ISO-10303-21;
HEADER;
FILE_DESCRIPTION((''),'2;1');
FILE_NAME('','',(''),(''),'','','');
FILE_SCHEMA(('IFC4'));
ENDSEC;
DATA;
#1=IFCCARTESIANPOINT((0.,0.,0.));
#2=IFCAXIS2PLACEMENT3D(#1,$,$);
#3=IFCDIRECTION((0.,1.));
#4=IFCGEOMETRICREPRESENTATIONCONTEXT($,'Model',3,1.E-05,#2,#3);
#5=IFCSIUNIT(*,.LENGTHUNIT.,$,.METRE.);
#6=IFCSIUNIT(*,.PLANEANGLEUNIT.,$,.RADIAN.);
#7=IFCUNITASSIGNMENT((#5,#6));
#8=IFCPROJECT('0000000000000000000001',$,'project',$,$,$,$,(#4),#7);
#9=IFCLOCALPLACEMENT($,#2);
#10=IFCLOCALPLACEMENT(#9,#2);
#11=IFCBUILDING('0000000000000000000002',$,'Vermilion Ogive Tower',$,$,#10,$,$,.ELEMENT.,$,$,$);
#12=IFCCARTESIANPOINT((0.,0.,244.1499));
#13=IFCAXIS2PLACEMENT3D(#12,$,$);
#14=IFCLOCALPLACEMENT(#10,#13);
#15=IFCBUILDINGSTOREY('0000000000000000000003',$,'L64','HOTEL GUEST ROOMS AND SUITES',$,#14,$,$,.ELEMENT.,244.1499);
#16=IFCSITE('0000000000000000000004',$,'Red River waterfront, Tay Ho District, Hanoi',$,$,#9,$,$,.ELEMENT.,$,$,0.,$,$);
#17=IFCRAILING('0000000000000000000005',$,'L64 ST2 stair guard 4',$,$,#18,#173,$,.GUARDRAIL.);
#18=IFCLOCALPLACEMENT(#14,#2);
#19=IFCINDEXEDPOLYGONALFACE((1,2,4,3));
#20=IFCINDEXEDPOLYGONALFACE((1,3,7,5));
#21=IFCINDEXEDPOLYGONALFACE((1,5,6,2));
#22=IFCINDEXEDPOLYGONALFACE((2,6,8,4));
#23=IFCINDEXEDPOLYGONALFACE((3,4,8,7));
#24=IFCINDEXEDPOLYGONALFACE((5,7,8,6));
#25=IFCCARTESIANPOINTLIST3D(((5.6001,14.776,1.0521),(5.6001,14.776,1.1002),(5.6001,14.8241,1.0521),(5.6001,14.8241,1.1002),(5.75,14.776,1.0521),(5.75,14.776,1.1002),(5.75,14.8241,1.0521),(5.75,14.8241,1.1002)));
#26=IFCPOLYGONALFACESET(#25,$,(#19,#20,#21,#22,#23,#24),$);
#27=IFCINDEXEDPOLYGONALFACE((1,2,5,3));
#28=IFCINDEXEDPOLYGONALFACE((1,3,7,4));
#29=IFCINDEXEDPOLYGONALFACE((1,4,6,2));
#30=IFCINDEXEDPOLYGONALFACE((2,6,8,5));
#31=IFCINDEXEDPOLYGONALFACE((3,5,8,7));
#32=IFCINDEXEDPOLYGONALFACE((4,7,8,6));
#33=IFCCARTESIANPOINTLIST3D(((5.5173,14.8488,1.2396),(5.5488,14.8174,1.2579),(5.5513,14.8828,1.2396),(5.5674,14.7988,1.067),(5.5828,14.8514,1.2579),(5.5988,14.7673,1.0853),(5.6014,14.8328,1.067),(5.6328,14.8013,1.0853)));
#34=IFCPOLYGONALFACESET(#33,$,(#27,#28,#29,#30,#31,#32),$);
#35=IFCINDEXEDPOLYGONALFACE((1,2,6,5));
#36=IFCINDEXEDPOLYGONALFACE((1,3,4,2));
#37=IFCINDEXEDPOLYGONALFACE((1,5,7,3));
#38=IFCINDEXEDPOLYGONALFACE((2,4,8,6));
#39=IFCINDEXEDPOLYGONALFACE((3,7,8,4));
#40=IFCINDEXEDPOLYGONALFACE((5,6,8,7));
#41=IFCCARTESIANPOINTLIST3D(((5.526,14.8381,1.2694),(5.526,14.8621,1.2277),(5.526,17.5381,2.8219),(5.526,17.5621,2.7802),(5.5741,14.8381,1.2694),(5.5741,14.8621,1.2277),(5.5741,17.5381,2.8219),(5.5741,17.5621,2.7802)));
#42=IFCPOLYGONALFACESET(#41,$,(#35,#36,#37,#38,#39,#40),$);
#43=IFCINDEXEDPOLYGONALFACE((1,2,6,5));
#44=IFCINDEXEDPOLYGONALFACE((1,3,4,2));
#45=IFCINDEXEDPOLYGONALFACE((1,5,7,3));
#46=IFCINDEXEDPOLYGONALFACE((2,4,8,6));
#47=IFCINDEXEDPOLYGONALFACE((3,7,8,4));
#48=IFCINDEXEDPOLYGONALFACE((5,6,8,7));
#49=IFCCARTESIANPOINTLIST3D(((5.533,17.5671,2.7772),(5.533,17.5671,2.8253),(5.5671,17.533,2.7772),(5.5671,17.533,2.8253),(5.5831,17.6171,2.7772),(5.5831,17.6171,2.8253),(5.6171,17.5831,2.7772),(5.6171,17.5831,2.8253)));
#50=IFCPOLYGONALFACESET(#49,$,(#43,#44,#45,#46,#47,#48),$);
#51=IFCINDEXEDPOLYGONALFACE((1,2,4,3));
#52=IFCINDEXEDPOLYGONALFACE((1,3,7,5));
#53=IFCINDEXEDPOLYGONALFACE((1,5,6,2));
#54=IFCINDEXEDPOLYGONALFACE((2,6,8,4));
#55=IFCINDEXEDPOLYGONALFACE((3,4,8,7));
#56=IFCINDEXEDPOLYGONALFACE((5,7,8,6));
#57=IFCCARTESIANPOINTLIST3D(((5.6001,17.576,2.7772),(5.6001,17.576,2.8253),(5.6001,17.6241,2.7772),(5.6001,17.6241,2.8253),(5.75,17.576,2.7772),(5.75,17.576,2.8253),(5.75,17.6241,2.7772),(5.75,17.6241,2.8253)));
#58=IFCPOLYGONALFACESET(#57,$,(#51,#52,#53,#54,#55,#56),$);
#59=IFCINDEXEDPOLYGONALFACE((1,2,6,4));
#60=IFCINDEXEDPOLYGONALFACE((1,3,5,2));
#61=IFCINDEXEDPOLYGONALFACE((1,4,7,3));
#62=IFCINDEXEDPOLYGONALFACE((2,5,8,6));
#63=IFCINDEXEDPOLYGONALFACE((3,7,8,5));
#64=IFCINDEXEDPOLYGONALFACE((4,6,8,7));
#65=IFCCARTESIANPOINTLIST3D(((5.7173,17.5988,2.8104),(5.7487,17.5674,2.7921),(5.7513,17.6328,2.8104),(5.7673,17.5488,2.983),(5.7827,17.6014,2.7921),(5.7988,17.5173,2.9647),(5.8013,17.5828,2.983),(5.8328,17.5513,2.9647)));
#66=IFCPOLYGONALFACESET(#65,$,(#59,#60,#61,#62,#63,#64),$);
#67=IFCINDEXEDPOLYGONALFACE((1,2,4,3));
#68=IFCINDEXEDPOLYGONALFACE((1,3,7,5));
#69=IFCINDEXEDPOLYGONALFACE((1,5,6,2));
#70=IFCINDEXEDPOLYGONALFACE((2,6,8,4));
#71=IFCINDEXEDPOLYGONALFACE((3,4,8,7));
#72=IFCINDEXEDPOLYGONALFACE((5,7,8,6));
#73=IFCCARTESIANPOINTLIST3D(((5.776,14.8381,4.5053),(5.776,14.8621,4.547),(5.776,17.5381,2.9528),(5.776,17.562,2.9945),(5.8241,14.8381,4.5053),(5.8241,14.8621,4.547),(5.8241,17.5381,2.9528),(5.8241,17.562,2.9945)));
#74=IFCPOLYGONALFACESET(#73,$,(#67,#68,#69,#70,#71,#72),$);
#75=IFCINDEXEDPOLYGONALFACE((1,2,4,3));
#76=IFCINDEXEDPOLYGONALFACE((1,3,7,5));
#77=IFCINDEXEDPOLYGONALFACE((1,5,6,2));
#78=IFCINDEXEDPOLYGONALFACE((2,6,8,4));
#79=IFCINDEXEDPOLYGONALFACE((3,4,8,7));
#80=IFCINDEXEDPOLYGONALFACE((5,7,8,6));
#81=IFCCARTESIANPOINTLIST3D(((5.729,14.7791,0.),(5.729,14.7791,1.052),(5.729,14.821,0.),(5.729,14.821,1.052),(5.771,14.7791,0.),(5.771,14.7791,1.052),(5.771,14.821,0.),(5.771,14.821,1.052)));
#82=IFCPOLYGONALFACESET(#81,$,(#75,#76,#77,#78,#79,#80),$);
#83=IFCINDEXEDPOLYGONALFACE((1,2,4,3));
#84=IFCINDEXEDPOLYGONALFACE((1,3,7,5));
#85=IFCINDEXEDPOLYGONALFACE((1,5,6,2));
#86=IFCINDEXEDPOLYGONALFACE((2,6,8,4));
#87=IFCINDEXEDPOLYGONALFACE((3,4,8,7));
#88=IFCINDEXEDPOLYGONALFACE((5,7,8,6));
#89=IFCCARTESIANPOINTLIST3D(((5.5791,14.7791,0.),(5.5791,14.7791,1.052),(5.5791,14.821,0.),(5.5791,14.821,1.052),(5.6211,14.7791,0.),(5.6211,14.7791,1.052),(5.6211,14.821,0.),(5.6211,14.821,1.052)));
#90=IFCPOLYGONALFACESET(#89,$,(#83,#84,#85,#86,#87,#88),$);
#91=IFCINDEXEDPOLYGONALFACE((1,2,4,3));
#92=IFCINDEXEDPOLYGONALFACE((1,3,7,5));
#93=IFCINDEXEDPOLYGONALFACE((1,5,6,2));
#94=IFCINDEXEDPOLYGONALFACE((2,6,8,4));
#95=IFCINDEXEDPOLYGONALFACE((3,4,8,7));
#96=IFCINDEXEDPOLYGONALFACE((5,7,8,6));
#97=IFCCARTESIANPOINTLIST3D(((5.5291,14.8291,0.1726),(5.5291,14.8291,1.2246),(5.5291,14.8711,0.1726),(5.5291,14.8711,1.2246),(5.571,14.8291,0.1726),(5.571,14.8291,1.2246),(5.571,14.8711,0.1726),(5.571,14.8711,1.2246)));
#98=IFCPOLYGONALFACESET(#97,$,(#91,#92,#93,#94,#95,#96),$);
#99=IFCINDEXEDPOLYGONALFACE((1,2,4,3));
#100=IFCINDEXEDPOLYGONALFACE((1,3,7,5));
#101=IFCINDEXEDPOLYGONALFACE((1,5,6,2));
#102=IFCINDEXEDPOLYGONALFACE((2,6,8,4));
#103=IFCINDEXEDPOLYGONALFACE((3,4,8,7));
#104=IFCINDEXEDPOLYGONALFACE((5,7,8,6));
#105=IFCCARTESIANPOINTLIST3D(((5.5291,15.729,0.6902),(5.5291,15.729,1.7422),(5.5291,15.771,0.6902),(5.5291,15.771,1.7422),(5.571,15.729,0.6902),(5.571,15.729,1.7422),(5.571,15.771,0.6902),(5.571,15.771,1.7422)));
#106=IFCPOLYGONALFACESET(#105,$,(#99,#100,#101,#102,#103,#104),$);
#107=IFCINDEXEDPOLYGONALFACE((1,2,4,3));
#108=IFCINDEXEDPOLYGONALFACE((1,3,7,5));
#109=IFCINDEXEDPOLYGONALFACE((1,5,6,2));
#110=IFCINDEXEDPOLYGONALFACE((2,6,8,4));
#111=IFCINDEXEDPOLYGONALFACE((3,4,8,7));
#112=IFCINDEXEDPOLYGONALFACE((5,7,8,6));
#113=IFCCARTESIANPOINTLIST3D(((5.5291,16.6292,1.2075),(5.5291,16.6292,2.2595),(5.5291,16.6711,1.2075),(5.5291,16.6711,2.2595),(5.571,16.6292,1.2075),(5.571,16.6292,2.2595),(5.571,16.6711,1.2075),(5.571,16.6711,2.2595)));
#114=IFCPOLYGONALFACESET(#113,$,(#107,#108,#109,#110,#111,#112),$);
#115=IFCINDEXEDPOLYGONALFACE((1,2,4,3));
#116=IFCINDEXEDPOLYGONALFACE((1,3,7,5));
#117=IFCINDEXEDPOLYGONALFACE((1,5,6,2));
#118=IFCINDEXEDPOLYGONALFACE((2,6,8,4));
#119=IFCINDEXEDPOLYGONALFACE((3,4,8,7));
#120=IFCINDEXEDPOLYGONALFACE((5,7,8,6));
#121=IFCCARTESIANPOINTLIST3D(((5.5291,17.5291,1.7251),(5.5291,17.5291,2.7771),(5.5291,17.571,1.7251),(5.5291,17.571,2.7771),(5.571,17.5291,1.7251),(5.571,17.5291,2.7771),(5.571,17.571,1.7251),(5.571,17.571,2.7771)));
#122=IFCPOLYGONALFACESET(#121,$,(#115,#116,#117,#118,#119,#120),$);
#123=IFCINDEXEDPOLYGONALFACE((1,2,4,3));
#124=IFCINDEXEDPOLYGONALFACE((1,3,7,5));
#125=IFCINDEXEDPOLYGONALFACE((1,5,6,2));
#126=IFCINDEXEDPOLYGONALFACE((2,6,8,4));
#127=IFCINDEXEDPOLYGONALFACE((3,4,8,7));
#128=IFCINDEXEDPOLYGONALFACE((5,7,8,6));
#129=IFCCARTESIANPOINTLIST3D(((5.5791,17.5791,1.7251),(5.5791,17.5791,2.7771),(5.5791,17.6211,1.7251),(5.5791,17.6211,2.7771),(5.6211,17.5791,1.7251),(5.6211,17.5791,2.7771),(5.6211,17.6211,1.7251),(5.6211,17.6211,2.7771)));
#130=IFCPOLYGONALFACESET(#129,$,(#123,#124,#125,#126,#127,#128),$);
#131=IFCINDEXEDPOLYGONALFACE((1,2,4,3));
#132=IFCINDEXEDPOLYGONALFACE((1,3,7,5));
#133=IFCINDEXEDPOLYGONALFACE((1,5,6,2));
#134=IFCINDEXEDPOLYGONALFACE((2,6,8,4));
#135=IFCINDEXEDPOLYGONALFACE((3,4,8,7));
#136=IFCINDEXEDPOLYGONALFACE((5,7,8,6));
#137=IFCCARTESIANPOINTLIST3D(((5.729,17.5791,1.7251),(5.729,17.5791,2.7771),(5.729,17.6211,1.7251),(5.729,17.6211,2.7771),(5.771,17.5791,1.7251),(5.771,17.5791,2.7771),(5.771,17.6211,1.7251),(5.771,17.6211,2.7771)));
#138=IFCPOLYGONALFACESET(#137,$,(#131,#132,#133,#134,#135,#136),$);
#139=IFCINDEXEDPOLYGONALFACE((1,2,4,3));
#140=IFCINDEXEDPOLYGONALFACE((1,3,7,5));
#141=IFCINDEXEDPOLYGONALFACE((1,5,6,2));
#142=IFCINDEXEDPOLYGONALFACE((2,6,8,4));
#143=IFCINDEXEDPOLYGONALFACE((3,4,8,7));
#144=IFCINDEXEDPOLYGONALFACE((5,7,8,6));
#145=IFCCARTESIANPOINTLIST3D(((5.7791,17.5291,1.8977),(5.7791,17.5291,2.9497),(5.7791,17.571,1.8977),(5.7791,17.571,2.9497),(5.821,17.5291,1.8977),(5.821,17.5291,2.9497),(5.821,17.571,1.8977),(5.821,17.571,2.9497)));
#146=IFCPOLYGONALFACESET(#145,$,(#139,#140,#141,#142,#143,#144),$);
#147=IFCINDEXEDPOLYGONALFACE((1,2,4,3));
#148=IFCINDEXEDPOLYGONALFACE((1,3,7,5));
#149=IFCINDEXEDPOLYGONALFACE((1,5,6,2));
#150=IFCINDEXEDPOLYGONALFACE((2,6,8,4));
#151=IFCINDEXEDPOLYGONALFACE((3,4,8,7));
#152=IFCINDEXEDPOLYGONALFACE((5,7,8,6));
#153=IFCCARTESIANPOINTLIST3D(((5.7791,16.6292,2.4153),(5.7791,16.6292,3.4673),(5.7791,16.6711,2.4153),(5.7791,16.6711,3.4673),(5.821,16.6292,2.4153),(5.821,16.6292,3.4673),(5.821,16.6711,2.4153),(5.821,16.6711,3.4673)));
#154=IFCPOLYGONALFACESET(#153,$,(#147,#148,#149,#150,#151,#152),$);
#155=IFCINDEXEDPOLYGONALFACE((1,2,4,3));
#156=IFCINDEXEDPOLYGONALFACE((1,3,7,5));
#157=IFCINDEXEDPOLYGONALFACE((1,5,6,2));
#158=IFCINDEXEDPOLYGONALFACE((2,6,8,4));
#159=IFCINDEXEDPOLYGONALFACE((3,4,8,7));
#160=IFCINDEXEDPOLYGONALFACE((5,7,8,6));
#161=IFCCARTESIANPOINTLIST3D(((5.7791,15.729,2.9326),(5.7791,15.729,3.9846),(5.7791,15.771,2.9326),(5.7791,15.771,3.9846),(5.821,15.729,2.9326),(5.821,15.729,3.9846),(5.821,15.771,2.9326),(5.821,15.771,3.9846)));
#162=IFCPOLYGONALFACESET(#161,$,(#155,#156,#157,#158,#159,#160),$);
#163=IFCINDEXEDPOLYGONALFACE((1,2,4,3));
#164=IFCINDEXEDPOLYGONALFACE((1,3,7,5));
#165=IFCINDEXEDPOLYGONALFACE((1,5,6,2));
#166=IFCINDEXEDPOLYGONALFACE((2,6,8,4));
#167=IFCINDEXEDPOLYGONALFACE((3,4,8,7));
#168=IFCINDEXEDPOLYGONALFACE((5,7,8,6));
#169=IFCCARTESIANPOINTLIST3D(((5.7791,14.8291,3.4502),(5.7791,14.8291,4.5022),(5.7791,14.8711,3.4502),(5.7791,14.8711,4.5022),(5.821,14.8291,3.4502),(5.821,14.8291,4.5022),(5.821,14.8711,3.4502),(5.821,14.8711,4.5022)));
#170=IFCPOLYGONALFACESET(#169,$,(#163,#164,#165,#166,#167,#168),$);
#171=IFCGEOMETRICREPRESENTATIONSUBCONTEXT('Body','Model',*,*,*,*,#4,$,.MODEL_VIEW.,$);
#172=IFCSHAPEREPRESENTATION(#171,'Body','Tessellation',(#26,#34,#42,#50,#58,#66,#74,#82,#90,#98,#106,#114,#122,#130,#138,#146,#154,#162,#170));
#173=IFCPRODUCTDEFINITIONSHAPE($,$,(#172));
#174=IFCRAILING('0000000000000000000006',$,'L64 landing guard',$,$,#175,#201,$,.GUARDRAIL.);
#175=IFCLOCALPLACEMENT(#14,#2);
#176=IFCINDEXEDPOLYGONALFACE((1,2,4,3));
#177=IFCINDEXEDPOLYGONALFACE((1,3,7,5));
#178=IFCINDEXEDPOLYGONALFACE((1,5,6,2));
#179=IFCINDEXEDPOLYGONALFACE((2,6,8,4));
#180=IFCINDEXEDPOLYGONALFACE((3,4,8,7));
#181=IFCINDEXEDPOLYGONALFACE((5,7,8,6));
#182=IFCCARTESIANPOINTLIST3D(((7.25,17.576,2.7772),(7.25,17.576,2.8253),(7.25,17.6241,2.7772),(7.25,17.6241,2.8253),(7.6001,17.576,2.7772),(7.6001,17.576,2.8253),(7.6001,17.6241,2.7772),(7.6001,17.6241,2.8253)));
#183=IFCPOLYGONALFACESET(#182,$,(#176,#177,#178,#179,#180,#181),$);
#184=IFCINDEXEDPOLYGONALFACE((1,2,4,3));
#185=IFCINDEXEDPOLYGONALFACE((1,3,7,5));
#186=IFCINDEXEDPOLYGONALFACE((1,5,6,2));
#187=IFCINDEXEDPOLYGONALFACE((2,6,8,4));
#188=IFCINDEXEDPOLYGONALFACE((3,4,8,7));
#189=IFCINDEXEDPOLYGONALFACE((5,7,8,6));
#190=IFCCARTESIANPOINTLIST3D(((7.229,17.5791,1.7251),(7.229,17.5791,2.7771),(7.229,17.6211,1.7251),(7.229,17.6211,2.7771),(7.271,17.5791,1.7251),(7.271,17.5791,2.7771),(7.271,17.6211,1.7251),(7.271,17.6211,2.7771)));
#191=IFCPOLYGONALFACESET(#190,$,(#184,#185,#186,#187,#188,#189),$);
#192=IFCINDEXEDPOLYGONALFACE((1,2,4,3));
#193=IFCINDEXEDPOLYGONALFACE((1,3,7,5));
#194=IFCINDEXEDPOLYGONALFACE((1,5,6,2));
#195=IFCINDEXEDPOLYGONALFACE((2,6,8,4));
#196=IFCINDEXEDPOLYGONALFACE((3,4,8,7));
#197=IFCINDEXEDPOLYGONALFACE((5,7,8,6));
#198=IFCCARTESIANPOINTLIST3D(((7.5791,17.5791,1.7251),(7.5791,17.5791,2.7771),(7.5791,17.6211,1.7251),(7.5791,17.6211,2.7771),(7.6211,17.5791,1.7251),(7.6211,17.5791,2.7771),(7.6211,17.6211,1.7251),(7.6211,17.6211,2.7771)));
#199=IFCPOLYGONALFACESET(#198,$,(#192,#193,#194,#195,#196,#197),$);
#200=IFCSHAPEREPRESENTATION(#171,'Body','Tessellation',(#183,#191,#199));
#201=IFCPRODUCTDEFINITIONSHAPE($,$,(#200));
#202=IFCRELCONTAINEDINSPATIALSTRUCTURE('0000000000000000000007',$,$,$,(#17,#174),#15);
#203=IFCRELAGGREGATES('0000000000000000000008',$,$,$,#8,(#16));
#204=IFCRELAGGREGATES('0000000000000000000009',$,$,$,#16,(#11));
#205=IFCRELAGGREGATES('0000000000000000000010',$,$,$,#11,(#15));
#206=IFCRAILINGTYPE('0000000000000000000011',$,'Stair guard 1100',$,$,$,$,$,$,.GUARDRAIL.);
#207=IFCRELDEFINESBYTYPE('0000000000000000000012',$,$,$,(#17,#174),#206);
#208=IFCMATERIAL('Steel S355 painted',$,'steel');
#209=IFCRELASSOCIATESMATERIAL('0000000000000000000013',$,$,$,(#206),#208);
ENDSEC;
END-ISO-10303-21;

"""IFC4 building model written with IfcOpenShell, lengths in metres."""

from ifc_helpers import new_model, si_unit, direction, frame, origin, origin_2d, place, context, subcontext, project, spatial, rectangle, extrude, material, type_object, element, save


model = new_model("IFC4")

# Units and contexts
model_context = context("Model", 3, precision=1e-05, world=origin(), true_north=direction((0.0, 1.0)))
body_context = subcontext(model_context, "Body", "Model", "MODEL_VIEW")
ifc_project = project(units=[si_unit("LENGTHUNIT", "METRE"), si_unit("PLANEANGLEUNIT", "RADIAN")], contexts=[model_context])

# Site, building, storey
site_placement = place(None, origin())
site = spatial("IfcSite", under=ifc_project, at=site_placement, Name="Red River waterfront, Tay Ho District, Hanoi", CompositionType="ELEMENT", RefElevation=0.0)
building_placement = place(site_placement, origin())
building = spatial("IfcBuilding", under=site, at=building_placement, Name="Vermilion Ogive Tower", CompositionType="ELEMENT")
storey_placement = place(building_placement, frame((0.0, 0.0, 244.1499)))
storey = spatial("IfcBuildingStorey", under=building, at=storey_placement, Name="L64", Description="HOTEL GUEST ROOMS AND SUITES", CompositionType="ELEMENT", Elevation=244.1499)

# Railings
ifc_material_1 = material(Name="Steel S355 painted", Category="steel")
railing_type_1 = type_object("IfcRailingType", Name="Stair guard 1100", PredefinedType="GUARDRAIL", material=ifc_material_1)
railing_1_placement = place(storey_placement, frame((5.75, 14.8, 0.0)))
element("IfcRailing", 1, at=railing_1_placement, inside=storey, type_object=railing_type_1, Name="L64 ST2 stair guard 4", PredefinedType="GUARDRAIL", context=body_context, shape_type="SweptSolid", body=[
    extrude(rectangle(XDim=0.0481, YDim=0.0481, at=origin_2d()), frame((0.0, 0.0, 1.0762), z_axis=(-1.0, 0.0, 0.0), x_axis=(0.0, -1.0, 0.0)), (0.0, 0.0, 1.0), 0.1499),
    extrude(rectangle(XDim=0.0481, YDim=0.0481, at=origin_2d()), frame((-0.1499, 0.0, 1.0762), z_axis=(-0.268278, 0.268278, 0.925232), x_axis=(-0.707107, -0.707107, 0.0)), (0.0, 0.0, 1.0), 0.1865),
    extrude(rectangle(XDim=0.0481, YDim=0.0481, at=origin_2d()), frame((-0.2, 0.05, 1.2485), z_axis=(0.0, 0.866904, 0.498476), x_axis=(-1.0, 0.0, 0.0)), (0.0, 0.0, 1.0), 3.1145),
    extrude(rectangle(XDim=0.0481, YDim=0.0481, at=origin_2d()), frame((-0.2, 2.75, 2.8013), z_axis=(0.707107, 0.707107, 0.0), x_axis=(-0.707107, 0.707107, 0.0)), (0.0, 0.0, 1.0), 0.0708),
    extrude(rectangle(XDim=0.0481, YDim=0.0481, at=origin_2d()), frame((-0.1499, 2.8, 2.8013), z_axis=(1.0, 0.0, 0.0), x_axis=(0.0, 1.0, 0.0)), (0.0, 0.0, 1.0), 0.1499),
    extrude(rectangle(XDim=0.0481, YDim=0.0481, at=origin_2d()), frame((0.0, 2.8, 2.8013), z_axis=(0.268278, -0.268278, 0.925232), x_axis=(0.707107, 0.707107, 0.0)), (0.0, 0.0, 1.0), 0.1865),
    extrude(rectangle(XDim=0.0481, YDim=0.0481, at=origin_2d()), frame((0.05, 2.75, 2.9736), z_axis=(0.0, -0.866904, 0.498476), x_axis=(1.0, 0.0, 0.0)), (0.0, 0.0, 1.0), 3.1145),
    extrude(rectangle(XDim=0.042, YDim=0.042, at=origin_2d()), origin(), (0.0, 0.0, 1.0), 1.052),
    extrude(rectangle(XDim=0.042, YDim=0.042, at=origin_2d()), frame((-0.1499, 0.0, 0.0)), (0.0, 0.0, 1.0), 1.052),
    extrude(rectangle(XDim=0.042, YDim=0.042, at=origin_2d()), frame((-0.2, 0.05, 0.1726)), (0.0, 0.0, 1.0), 1.052),
    extrude(rectangle(XDim=0.042, YDim=0.042, at=origin_2d()), frame((-0.2, 0.95, 0.6902)), (0.0, 0.0, 1.0), 1.052),
    extrude(rectangle(XDim=0.042, YDim=0.042, at=origin_2d()), frame((-0.2, 1.8501, 1.2075)), (0.0, 0.0, 1.0), 1.052),
    extrude(rectangle(XDim=0.042, YDim=0.042, at=origin_2d()), frame((-0.2, 2.75, 1.7251)), (0.0, 0.0, 1.0), 1.052),
    extrude(rectangle(XDim=0.042, YDim=0.042, at=origin_2d()), frame((-0.1499, 2.8, 1.7251)), (0.0, 0.0, 1.0), 1.052),
    extrude(rectangle(XDim=0.042, YDim=0.042, at=origin_2d()), frame((0.0, 2.8, 1.7251)), (0.0, 0.0, 1.0), 1.052),
    extrude(rectangle(XDim=0.042, YDim=0.042, at=origin_2d()), frame((0.05, 2.75, 1.8977)), (0.0, 0.0, 1.0), 1.052),
    extrude(rectangle(XDim=0.042, YDim=0.042, at=origin_2d()), frame((0.05, 1.8501, 2.4153)), (0.0, 0.0, 1.0), 1.052),
    extrude(rectangle(XDim=0.042, YDim=0.042, at=origin_2d()), frame((0.05, 0.95, 2.9326)), (0.0, 0.0, 1.0), 1.052),
    extrude(rectangle(XDim=0.042, YDim=0.042, at=origin_2d()), frame((0.05, 0.05, 3.4502)), (0.0, 0.0, 1.0), 1.052),
])
railing_2_placement = place(storey_placement, frame((7.25, 17.6001, 1.7251)))
element("IfcRailing", 2, at=railing_2_placement, inside=storey, type_object=railing_type_1, Name="L64 landing guard", PredefinedType="GUARDRAIL", context=body_context, shape_type="SweptSolid", body=[
    extrude(rectangle(XDim=0.0481, YDim=0.0481, at=origin_2d()), frame((0.0, 0.0, 1.0762), z_axis=(1.0, 0.0, 0.0), x_axis=(0.0, 1.0, 0.0)), (0.0, 0.0, 1.0), 0.3501),
    extrude(rectangle(XDim=0.042, YDim=0.042, at=origin_2d()), origin(), (0.0, 0.0, 1.0), 1.052),
    extrude(rectangle(XDim=0.042, YDim=0.042, at=origin_2d()), frame((0.3501, 0.0, 0.0)), (0.0, 0.0, 1.0), 1.052),
])

save(model, "model.ifc")
